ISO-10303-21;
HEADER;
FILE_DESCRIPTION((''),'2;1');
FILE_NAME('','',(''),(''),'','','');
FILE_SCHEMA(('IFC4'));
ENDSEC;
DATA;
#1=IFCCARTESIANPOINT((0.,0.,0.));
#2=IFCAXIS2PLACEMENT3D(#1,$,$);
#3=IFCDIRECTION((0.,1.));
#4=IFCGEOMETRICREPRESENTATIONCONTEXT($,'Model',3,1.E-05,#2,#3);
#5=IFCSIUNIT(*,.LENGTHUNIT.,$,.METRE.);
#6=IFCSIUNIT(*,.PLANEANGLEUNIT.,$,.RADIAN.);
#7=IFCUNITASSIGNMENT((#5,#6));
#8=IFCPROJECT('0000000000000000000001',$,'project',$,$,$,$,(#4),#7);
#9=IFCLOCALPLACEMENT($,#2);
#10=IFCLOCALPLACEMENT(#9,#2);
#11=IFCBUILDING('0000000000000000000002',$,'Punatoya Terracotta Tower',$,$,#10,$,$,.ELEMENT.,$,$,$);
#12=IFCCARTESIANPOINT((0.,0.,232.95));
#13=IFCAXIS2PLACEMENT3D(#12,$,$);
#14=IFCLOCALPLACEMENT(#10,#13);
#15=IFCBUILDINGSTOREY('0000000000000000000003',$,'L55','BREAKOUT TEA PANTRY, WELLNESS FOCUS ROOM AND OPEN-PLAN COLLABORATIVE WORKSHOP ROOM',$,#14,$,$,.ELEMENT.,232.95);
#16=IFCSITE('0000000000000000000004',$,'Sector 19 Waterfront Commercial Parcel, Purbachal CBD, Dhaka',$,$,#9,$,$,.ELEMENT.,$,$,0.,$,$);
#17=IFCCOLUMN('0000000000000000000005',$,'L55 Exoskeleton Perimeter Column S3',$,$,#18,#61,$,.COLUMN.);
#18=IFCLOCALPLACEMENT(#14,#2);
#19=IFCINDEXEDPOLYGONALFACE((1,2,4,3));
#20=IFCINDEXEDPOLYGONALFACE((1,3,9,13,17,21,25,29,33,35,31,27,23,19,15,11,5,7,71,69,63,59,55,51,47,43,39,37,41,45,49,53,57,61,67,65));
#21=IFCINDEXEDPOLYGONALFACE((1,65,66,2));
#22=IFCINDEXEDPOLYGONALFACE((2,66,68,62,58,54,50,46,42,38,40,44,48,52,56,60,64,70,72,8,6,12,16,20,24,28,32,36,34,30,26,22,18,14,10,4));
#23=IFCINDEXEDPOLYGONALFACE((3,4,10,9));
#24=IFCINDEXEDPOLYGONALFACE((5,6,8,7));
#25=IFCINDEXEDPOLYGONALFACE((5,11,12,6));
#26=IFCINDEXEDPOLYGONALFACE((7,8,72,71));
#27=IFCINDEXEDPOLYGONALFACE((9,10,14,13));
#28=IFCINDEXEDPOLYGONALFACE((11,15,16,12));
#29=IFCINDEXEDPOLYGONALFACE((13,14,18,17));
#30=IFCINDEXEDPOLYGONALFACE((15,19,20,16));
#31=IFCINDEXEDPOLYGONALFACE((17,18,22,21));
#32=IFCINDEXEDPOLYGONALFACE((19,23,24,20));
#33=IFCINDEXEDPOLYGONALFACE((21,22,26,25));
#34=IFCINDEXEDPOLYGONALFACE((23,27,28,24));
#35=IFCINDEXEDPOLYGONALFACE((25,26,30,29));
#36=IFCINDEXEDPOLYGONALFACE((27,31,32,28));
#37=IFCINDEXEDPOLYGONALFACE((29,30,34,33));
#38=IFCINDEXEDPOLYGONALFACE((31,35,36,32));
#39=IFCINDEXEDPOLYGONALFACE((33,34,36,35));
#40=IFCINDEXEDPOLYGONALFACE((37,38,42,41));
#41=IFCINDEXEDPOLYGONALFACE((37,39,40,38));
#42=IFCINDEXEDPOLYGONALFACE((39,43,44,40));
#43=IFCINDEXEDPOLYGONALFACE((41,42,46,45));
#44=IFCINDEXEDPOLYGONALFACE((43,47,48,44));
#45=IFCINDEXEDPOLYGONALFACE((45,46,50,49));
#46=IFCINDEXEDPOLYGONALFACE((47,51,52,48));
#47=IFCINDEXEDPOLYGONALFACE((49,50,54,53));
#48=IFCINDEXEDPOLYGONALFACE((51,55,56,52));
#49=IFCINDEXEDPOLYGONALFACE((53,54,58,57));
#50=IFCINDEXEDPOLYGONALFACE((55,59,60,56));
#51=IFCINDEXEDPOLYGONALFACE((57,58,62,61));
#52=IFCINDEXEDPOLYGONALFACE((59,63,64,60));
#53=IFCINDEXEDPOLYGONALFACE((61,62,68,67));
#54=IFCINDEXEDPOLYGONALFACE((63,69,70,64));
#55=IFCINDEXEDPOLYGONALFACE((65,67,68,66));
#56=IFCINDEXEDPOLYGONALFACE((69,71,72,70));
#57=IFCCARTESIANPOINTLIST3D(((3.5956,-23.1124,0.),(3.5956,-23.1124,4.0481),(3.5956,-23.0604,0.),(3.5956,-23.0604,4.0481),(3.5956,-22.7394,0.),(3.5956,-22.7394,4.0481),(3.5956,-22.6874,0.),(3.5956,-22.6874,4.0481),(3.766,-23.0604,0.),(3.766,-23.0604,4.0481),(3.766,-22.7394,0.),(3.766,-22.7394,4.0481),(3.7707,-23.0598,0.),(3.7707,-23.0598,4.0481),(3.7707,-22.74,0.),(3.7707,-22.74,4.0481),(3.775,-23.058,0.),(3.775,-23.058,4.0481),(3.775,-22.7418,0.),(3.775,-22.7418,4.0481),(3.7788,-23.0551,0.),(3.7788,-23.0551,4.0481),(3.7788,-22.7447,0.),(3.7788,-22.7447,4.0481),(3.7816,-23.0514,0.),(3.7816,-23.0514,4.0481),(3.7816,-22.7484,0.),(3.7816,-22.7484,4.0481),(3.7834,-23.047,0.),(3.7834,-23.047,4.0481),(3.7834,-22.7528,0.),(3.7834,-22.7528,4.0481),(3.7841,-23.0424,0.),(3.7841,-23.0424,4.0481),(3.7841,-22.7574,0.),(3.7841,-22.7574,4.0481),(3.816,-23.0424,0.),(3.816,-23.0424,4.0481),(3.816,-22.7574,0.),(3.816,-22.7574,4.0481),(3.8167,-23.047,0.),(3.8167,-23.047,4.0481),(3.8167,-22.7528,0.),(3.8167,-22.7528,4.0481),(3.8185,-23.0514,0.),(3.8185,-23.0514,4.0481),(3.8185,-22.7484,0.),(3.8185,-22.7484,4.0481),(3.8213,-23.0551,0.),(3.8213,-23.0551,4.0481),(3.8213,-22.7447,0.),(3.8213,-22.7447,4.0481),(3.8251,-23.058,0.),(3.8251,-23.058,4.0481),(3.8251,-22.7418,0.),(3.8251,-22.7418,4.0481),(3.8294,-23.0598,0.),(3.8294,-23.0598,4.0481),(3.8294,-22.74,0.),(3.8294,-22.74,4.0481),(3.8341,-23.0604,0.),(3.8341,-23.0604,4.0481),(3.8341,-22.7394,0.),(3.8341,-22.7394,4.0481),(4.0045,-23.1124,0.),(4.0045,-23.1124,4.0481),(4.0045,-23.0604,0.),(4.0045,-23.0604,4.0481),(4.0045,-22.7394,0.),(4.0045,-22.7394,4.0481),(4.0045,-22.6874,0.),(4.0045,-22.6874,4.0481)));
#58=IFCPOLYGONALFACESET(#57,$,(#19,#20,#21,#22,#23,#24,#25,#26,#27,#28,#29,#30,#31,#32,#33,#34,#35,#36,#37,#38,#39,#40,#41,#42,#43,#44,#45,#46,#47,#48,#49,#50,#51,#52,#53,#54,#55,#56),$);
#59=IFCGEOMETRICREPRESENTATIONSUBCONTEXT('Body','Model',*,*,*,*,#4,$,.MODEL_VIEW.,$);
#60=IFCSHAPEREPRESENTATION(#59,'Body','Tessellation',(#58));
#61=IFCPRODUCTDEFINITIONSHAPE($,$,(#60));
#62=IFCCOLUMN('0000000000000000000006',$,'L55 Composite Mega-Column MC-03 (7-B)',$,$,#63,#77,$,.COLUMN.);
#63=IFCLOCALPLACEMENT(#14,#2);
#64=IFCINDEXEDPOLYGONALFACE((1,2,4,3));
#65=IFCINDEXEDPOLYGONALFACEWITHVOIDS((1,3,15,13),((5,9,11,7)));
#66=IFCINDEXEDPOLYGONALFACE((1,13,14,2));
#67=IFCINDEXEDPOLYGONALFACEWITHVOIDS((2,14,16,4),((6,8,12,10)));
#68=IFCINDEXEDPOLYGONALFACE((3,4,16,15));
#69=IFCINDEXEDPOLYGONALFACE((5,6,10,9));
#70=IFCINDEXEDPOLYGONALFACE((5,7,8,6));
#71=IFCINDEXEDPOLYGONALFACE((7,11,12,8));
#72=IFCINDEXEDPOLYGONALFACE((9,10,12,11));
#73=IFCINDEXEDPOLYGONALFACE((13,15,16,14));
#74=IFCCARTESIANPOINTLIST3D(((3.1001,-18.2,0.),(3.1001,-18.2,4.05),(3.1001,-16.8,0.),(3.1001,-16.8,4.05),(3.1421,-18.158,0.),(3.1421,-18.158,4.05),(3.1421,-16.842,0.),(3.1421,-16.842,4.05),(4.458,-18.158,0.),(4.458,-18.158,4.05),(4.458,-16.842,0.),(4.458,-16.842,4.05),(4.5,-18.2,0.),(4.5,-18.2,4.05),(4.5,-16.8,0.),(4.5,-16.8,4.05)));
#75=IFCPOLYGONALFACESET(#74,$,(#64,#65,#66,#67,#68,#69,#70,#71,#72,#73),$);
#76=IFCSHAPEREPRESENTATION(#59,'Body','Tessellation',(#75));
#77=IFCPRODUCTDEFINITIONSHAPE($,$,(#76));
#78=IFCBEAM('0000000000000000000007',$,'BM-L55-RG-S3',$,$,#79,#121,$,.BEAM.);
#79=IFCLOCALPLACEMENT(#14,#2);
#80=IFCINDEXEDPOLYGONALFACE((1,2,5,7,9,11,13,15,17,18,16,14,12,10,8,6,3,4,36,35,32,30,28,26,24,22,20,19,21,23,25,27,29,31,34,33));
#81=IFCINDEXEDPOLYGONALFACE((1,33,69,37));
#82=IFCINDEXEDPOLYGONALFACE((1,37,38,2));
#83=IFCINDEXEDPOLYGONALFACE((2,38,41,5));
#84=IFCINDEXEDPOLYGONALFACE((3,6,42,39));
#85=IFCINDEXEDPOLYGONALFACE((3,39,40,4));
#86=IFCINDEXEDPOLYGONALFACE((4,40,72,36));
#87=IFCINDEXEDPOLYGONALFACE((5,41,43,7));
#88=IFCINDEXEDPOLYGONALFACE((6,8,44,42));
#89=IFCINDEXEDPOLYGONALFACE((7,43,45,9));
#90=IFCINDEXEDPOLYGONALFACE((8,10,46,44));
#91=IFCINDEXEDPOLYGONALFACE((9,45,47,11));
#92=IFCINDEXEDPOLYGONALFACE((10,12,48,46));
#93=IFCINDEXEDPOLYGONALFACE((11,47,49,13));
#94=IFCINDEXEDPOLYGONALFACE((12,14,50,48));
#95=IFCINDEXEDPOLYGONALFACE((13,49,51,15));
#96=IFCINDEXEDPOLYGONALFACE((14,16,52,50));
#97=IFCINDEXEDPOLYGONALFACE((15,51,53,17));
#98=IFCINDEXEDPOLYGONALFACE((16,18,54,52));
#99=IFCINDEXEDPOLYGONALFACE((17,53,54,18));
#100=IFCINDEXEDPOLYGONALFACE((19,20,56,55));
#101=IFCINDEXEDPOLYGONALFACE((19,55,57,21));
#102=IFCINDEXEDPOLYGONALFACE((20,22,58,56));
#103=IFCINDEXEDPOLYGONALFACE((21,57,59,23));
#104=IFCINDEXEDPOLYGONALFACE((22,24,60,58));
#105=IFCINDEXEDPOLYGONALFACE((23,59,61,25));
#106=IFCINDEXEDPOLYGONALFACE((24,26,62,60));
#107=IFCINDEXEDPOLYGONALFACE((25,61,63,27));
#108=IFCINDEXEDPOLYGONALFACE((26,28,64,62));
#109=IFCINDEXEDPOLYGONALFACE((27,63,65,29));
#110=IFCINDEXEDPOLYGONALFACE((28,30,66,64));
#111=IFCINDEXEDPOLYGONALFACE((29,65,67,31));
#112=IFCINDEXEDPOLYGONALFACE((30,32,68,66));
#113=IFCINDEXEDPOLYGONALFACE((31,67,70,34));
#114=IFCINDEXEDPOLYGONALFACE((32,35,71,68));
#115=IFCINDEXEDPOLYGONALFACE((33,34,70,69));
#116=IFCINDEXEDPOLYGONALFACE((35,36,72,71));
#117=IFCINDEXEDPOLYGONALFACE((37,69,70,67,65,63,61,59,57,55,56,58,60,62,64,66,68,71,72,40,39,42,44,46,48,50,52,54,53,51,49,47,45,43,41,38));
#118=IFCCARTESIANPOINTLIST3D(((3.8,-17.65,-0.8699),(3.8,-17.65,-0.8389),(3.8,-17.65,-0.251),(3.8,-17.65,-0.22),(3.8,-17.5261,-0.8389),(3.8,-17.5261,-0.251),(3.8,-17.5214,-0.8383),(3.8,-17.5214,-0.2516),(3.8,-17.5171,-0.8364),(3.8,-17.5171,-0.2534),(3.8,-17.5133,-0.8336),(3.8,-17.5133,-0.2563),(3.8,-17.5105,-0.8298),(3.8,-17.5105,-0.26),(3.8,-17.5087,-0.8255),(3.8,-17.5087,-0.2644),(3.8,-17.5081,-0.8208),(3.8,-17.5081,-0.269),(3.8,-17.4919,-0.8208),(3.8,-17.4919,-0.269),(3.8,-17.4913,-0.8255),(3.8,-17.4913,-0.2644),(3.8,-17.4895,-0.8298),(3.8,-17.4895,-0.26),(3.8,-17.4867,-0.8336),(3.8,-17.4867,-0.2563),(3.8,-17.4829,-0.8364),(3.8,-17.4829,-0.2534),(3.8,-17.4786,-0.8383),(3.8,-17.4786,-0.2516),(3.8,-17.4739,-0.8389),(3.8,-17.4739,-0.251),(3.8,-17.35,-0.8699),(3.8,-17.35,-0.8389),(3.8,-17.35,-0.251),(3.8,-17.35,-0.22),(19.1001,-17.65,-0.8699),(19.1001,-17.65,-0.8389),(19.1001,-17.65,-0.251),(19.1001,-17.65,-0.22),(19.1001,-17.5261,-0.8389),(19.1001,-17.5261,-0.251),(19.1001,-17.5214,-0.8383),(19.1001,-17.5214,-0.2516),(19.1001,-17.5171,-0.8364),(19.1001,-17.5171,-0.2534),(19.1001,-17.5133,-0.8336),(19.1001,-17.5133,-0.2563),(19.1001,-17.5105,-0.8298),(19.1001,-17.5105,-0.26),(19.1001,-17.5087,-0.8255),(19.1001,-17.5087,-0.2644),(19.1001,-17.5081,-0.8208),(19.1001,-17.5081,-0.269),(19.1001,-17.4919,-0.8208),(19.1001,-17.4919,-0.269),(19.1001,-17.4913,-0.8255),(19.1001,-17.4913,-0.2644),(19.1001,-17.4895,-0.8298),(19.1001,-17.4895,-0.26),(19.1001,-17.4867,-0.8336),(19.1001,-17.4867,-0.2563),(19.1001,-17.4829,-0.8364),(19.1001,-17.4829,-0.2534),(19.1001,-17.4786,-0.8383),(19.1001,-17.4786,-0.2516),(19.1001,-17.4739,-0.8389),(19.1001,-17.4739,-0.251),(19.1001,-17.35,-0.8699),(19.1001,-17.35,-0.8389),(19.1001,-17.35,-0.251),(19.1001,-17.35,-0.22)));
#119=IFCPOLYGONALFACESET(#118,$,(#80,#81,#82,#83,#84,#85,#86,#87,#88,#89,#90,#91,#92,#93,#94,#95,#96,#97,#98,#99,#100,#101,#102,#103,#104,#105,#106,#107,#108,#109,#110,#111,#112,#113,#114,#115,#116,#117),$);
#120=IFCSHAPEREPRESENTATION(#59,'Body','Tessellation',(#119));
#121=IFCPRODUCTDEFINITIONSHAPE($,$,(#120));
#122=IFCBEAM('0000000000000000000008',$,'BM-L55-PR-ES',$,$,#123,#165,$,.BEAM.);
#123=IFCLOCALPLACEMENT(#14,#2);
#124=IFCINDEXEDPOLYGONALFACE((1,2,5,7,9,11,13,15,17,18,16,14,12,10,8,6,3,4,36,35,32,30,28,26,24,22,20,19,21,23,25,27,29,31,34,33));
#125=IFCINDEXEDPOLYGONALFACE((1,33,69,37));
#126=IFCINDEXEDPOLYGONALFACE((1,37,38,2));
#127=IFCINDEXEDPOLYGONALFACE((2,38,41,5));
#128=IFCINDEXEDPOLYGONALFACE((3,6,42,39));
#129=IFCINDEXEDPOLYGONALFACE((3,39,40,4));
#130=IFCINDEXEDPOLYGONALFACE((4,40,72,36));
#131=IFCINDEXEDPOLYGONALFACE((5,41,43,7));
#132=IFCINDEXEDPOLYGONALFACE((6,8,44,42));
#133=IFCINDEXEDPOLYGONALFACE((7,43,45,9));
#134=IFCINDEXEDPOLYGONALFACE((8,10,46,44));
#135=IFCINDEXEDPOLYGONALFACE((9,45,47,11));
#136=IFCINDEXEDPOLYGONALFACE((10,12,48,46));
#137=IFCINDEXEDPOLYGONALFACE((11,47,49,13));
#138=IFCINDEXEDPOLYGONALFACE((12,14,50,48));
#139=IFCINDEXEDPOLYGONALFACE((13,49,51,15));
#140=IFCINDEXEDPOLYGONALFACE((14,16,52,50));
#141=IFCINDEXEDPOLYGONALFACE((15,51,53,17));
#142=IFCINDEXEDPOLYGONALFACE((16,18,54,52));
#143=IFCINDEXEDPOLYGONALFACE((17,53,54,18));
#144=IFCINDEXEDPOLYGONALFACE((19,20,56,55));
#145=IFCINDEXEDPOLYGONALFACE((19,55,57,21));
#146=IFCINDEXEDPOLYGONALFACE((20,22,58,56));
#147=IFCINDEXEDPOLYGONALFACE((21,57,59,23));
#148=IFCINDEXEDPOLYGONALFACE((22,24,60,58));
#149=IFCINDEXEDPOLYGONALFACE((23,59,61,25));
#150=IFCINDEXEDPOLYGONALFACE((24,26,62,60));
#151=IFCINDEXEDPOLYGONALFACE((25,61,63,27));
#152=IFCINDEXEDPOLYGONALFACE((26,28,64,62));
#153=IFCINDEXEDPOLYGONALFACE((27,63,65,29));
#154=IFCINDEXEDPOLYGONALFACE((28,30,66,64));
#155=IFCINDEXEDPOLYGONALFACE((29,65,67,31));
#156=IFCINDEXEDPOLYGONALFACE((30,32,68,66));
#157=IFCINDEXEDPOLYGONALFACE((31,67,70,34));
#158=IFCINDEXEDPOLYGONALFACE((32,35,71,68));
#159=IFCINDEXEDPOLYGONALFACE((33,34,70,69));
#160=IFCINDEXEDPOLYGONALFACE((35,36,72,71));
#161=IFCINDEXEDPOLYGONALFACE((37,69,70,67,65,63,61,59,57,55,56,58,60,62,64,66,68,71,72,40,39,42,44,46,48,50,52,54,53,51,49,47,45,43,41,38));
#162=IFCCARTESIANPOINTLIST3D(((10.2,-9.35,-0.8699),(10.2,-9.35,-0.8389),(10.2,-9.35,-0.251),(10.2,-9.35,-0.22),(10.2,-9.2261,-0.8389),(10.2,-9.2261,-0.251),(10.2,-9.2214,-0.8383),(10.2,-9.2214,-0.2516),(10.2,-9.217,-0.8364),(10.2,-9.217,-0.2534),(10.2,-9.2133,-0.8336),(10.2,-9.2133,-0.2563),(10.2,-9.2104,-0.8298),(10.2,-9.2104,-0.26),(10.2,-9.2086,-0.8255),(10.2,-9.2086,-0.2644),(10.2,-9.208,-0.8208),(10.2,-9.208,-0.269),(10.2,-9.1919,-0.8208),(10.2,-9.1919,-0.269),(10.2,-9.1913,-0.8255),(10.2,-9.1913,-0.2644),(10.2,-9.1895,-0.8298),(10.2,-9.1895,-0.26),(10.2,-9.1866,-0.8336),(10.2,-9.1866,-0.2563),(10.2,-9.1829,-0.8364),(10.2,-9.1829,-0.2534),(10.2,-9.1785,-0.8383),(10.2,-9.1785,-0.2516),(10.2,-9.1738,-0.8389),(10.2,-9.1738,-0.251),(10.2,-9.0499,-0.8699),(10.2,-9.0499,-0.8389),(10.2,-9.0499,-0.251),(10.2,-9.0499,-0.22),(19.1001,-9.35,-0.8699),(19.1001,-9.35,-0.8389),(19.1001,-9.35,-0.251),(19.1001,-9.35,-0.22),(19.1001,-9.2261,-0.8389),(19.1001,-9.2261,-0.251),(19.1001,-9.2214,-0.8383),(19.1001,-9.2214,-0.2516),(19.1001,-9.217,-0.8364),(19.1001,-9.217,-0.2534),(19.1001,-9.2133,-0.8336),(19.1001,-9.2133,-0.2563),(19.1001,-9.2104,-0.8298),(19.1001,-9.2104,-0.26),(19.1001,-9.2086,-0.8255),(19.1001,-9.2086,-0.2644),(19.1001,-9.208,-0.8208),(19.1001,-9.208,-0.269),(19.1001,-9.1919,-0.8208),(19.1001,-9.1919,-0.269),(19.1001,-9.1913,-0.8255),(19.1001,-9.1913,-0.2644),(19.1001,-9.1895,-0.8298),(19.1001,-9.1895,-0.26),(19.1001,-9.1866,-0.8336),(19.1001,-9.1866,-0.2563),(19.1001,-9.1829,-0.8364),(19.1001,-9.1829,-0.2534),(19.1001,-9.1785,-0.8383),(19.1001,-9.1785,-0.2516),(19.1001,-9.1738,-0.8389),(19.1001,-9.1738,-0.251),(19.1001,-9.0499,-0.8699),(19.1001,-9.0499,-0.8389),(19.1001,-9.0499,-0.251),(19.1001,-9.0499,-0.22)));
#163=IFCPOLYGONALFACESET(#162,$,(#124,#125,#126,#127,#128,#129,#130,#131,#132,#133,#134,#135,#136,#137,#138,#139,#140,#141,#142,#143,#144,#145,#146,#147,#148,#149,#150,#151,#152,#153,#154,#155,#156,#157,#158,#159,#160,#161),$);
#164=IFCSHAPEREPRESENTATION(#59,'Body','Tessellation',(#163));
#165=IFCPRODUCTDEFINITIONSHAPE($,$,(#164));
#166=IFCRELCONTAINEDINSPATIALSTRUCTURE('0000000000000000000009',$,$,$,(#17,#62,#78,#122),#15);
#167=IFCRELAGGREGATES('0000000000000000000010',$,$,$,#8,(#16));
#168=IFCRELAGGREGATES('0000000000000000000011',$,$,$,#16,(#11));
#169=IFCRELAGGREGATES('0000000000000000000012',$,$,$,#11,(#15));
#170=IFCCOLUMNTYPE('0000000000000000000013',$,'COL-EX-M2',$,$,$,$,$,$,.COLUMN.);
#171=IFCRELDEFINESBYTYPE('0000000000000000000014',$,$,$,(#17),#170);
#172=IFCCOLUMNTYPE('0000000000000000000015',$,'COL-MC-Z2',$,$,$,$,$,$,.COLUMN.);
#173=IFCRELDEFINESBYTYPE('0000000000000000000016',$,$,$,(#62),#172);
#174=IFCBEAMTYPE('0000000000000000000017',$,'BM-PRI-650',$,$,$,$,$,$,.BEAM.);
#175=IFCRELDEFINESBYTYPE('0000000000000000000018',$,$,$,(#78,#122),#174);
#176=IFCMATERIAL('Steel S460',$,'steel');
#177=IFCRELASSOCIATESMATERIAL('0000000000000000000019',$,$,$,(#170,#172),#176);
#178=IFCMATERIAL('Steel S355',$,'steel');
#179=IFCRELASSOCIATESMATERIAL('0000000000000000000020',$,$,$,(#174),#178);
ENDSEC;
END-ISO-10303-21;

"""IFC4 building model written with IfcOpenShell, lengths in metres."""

from ifc_helpers import new_model, si_unit, direction, frame, origin, origin_2d, place, context, subcontext, project, spatial, hollow_rectangle, i_section, extrude, material, material_profile, profile_set, type_object, element, save


model = new_model("IFC4")

# Units and contexts
model_context = context("Model", 3, precision=1e-05, world=origin(), true_north=direction((0.0, 1.0)))
body_context = subcontext(model_context, "Body", "Model", "MODEL_VIEW")
ifc_project = project(units=[si_unit("LENGTHUNIT", "METRE"), si_unit("PLANEANGLEUNIT", "RADIAN")], contexts=[model_context])

# Site, building, storey
site_placement = place(None, origin())
site = spatial("IfcSite", under=ifc_project, at=site_placement, Name="Sector 19 Waterfront Commercial Parcel, Purbachal CBD, Dhaka", CompositionType="ELEMENT", RefElevation=0.0)
building_placement = place(site_placement, origin())
building = spatial("IfcBuilding", under=site, at=building_placement, Name="Punatoya Terracotta Tower", CompositionType="ELEMENT")
storey_placement = place(building_placement, frame((0.0, 0.0, 232.95)))
storey = spatial("IfcBuildingStorey", under=building, at=storey_placement, Name="L55", Description="BREAKOUT TEA PANTRY, WELLNESS FOCUS ROOM AND OPEN-PLAN COLLABORATIVE WORKSHOP ROOM", CompositionType="ELEMENT", Elevation=232.95)

# Columns
ifc_material_1 = material(Name="Steel S460", Category="steel")
ifc_material_profile_1 = material_profile(ifc_material_1, i_section(OverallWidth=0.4089, OverallDepth=0.425, WebThickness=0.032, FlangeThickness=0.052, FilletRadius=0.0181, at=origin_2d()))
ifc_profile_set_1 = profile_set([ifc_material_profile_1], Name="Steel S460")
column_type_1 = type_object("IfcColumnType", Name="COL-EX-M2", PredefinedType="COLUMN", material=ifc_profile_set_1)
column_1_placement = place(storey_placement, frame((3.8, -22.8999, 0.0), z_axis=(0.0, 0.0, 1.0), x_axis=(1.0, 0.0, 0.0)))
element("IfcColumn", 1, at=column_1_placement, inside=storey, type_object=column_type_1, Name="L55 Exoskeleton Perimeter Column S3", PredefinedType="COLUMN", context=body_context, shape_type="SweptSolid", body=[
    extrude(i_section(OverallWidth=0.4089, OverallDepth=0.425, WebThickness=0.032, FlangeThickness=0.052, FilletRadius=0.0181, at=origin_2d()), origin(), (0.0, 0.0, 1.0), 4.0481),
])
ifc_material_profile_2 = material_profile(ifc_material_1, hollow_rectangle(XDim=1.3999, YDim=1.3999, WallThickness=0.042, at=origin_2d()))
ifc_profile_set_2 = profile_set([ifc_material_profile_2], Name="Steel S460")
column_type_2 = type_object("IfcColumnType", Name="COL-MC-Z2", PredefinedType="COLUMN", material=ifc_profile_set_2)
column_2_placement = place(storey_placement, frame((3.8, -17.5, 0.0), z_axis=(0.0, 0.0, 1.0), x_axis=(1.0, 0.0, 0.0)))
element("IfcColumn", 2, at=column_2_placement, inside=storey, type_object=column_type_2, Name="L55 Composite Mega-Column MC-03 (7-B)", PredefinedType="COLUMN", context=body_context, shape_type="SweptSolid", body=[
    extrude(hollow_rectangle(XDim=1.3999, YDim=1.3999, WallThickness=0.042, at=origin_2d()), origin(), (0.0, 0.0, 1.0), 4.05),
])

# Beams
ifc_material_2 = material(Name="Steel S355", Category="steel")
ifc_material_profile_3 = material_profile(ifc_material_2, i_section(OverallWidth=0.3, OverallDepth=0.6499, WebThickness=0.0161, FlangeThickness=0.031, FilletRadius=0.0181, at=origin_2d()))
ifc_profile_set_3 = profile_set([ifc_material_profile_3], Name="Steel S355")
beam_type_1 = type_object("IfcBeamType", Name="BM-PRI-650", PredefinedType="BEAM", material=ifc_profile_set_3)
beam_1_placement = place(storey_placement, frame((3.8, -17.5, -0.5449), z_axis=(1.0, 0.0, 0.0), x_axis=(0.0, 1.0, 0.0)))
element("IfcBeam", 3, at=beam_1_placement, inside=storey, type_object=beam_type_1, Name="BM-L55-RG-S3", PredefinedType="BEAM", context=body_context, shape_type="SweptSolid", body=[
    extrude(i_section(OverallWidth=0.3, OverallDepth=0.6499, WebThickness=0.0161, FlangeThickness=0.031, FilletRadius=0.0181, at=origin_2d()), origin(), (0.0, 0.0, 1.0), 15.3),
])
beam_2_placement = place(storey_placement, frame((10.2, -9.2, -0.5449), z_axis=(1.0, 0.0, 0.0), x_axis=(0.0, 1.0, 0.0)))
element("IfcBeam", 4, at=beam_2_placement, inside=storey, type_object=beam_type_1, Name="BM-L55-PR-ES", PredefinedType="BEAM", context=body_context, shape_type="SweptSolid", body=[
    extrude(i_section(OverallWidth=0.3, OverallDepth=0.6499, WebThickness=0.0161, FlangeThickness=0.031, FilletRadius=0.0181, at=origin_2d()), origin(), (0.0, 0.0, 1.0), 8.9001),
])

save(model, "model.ifc")
